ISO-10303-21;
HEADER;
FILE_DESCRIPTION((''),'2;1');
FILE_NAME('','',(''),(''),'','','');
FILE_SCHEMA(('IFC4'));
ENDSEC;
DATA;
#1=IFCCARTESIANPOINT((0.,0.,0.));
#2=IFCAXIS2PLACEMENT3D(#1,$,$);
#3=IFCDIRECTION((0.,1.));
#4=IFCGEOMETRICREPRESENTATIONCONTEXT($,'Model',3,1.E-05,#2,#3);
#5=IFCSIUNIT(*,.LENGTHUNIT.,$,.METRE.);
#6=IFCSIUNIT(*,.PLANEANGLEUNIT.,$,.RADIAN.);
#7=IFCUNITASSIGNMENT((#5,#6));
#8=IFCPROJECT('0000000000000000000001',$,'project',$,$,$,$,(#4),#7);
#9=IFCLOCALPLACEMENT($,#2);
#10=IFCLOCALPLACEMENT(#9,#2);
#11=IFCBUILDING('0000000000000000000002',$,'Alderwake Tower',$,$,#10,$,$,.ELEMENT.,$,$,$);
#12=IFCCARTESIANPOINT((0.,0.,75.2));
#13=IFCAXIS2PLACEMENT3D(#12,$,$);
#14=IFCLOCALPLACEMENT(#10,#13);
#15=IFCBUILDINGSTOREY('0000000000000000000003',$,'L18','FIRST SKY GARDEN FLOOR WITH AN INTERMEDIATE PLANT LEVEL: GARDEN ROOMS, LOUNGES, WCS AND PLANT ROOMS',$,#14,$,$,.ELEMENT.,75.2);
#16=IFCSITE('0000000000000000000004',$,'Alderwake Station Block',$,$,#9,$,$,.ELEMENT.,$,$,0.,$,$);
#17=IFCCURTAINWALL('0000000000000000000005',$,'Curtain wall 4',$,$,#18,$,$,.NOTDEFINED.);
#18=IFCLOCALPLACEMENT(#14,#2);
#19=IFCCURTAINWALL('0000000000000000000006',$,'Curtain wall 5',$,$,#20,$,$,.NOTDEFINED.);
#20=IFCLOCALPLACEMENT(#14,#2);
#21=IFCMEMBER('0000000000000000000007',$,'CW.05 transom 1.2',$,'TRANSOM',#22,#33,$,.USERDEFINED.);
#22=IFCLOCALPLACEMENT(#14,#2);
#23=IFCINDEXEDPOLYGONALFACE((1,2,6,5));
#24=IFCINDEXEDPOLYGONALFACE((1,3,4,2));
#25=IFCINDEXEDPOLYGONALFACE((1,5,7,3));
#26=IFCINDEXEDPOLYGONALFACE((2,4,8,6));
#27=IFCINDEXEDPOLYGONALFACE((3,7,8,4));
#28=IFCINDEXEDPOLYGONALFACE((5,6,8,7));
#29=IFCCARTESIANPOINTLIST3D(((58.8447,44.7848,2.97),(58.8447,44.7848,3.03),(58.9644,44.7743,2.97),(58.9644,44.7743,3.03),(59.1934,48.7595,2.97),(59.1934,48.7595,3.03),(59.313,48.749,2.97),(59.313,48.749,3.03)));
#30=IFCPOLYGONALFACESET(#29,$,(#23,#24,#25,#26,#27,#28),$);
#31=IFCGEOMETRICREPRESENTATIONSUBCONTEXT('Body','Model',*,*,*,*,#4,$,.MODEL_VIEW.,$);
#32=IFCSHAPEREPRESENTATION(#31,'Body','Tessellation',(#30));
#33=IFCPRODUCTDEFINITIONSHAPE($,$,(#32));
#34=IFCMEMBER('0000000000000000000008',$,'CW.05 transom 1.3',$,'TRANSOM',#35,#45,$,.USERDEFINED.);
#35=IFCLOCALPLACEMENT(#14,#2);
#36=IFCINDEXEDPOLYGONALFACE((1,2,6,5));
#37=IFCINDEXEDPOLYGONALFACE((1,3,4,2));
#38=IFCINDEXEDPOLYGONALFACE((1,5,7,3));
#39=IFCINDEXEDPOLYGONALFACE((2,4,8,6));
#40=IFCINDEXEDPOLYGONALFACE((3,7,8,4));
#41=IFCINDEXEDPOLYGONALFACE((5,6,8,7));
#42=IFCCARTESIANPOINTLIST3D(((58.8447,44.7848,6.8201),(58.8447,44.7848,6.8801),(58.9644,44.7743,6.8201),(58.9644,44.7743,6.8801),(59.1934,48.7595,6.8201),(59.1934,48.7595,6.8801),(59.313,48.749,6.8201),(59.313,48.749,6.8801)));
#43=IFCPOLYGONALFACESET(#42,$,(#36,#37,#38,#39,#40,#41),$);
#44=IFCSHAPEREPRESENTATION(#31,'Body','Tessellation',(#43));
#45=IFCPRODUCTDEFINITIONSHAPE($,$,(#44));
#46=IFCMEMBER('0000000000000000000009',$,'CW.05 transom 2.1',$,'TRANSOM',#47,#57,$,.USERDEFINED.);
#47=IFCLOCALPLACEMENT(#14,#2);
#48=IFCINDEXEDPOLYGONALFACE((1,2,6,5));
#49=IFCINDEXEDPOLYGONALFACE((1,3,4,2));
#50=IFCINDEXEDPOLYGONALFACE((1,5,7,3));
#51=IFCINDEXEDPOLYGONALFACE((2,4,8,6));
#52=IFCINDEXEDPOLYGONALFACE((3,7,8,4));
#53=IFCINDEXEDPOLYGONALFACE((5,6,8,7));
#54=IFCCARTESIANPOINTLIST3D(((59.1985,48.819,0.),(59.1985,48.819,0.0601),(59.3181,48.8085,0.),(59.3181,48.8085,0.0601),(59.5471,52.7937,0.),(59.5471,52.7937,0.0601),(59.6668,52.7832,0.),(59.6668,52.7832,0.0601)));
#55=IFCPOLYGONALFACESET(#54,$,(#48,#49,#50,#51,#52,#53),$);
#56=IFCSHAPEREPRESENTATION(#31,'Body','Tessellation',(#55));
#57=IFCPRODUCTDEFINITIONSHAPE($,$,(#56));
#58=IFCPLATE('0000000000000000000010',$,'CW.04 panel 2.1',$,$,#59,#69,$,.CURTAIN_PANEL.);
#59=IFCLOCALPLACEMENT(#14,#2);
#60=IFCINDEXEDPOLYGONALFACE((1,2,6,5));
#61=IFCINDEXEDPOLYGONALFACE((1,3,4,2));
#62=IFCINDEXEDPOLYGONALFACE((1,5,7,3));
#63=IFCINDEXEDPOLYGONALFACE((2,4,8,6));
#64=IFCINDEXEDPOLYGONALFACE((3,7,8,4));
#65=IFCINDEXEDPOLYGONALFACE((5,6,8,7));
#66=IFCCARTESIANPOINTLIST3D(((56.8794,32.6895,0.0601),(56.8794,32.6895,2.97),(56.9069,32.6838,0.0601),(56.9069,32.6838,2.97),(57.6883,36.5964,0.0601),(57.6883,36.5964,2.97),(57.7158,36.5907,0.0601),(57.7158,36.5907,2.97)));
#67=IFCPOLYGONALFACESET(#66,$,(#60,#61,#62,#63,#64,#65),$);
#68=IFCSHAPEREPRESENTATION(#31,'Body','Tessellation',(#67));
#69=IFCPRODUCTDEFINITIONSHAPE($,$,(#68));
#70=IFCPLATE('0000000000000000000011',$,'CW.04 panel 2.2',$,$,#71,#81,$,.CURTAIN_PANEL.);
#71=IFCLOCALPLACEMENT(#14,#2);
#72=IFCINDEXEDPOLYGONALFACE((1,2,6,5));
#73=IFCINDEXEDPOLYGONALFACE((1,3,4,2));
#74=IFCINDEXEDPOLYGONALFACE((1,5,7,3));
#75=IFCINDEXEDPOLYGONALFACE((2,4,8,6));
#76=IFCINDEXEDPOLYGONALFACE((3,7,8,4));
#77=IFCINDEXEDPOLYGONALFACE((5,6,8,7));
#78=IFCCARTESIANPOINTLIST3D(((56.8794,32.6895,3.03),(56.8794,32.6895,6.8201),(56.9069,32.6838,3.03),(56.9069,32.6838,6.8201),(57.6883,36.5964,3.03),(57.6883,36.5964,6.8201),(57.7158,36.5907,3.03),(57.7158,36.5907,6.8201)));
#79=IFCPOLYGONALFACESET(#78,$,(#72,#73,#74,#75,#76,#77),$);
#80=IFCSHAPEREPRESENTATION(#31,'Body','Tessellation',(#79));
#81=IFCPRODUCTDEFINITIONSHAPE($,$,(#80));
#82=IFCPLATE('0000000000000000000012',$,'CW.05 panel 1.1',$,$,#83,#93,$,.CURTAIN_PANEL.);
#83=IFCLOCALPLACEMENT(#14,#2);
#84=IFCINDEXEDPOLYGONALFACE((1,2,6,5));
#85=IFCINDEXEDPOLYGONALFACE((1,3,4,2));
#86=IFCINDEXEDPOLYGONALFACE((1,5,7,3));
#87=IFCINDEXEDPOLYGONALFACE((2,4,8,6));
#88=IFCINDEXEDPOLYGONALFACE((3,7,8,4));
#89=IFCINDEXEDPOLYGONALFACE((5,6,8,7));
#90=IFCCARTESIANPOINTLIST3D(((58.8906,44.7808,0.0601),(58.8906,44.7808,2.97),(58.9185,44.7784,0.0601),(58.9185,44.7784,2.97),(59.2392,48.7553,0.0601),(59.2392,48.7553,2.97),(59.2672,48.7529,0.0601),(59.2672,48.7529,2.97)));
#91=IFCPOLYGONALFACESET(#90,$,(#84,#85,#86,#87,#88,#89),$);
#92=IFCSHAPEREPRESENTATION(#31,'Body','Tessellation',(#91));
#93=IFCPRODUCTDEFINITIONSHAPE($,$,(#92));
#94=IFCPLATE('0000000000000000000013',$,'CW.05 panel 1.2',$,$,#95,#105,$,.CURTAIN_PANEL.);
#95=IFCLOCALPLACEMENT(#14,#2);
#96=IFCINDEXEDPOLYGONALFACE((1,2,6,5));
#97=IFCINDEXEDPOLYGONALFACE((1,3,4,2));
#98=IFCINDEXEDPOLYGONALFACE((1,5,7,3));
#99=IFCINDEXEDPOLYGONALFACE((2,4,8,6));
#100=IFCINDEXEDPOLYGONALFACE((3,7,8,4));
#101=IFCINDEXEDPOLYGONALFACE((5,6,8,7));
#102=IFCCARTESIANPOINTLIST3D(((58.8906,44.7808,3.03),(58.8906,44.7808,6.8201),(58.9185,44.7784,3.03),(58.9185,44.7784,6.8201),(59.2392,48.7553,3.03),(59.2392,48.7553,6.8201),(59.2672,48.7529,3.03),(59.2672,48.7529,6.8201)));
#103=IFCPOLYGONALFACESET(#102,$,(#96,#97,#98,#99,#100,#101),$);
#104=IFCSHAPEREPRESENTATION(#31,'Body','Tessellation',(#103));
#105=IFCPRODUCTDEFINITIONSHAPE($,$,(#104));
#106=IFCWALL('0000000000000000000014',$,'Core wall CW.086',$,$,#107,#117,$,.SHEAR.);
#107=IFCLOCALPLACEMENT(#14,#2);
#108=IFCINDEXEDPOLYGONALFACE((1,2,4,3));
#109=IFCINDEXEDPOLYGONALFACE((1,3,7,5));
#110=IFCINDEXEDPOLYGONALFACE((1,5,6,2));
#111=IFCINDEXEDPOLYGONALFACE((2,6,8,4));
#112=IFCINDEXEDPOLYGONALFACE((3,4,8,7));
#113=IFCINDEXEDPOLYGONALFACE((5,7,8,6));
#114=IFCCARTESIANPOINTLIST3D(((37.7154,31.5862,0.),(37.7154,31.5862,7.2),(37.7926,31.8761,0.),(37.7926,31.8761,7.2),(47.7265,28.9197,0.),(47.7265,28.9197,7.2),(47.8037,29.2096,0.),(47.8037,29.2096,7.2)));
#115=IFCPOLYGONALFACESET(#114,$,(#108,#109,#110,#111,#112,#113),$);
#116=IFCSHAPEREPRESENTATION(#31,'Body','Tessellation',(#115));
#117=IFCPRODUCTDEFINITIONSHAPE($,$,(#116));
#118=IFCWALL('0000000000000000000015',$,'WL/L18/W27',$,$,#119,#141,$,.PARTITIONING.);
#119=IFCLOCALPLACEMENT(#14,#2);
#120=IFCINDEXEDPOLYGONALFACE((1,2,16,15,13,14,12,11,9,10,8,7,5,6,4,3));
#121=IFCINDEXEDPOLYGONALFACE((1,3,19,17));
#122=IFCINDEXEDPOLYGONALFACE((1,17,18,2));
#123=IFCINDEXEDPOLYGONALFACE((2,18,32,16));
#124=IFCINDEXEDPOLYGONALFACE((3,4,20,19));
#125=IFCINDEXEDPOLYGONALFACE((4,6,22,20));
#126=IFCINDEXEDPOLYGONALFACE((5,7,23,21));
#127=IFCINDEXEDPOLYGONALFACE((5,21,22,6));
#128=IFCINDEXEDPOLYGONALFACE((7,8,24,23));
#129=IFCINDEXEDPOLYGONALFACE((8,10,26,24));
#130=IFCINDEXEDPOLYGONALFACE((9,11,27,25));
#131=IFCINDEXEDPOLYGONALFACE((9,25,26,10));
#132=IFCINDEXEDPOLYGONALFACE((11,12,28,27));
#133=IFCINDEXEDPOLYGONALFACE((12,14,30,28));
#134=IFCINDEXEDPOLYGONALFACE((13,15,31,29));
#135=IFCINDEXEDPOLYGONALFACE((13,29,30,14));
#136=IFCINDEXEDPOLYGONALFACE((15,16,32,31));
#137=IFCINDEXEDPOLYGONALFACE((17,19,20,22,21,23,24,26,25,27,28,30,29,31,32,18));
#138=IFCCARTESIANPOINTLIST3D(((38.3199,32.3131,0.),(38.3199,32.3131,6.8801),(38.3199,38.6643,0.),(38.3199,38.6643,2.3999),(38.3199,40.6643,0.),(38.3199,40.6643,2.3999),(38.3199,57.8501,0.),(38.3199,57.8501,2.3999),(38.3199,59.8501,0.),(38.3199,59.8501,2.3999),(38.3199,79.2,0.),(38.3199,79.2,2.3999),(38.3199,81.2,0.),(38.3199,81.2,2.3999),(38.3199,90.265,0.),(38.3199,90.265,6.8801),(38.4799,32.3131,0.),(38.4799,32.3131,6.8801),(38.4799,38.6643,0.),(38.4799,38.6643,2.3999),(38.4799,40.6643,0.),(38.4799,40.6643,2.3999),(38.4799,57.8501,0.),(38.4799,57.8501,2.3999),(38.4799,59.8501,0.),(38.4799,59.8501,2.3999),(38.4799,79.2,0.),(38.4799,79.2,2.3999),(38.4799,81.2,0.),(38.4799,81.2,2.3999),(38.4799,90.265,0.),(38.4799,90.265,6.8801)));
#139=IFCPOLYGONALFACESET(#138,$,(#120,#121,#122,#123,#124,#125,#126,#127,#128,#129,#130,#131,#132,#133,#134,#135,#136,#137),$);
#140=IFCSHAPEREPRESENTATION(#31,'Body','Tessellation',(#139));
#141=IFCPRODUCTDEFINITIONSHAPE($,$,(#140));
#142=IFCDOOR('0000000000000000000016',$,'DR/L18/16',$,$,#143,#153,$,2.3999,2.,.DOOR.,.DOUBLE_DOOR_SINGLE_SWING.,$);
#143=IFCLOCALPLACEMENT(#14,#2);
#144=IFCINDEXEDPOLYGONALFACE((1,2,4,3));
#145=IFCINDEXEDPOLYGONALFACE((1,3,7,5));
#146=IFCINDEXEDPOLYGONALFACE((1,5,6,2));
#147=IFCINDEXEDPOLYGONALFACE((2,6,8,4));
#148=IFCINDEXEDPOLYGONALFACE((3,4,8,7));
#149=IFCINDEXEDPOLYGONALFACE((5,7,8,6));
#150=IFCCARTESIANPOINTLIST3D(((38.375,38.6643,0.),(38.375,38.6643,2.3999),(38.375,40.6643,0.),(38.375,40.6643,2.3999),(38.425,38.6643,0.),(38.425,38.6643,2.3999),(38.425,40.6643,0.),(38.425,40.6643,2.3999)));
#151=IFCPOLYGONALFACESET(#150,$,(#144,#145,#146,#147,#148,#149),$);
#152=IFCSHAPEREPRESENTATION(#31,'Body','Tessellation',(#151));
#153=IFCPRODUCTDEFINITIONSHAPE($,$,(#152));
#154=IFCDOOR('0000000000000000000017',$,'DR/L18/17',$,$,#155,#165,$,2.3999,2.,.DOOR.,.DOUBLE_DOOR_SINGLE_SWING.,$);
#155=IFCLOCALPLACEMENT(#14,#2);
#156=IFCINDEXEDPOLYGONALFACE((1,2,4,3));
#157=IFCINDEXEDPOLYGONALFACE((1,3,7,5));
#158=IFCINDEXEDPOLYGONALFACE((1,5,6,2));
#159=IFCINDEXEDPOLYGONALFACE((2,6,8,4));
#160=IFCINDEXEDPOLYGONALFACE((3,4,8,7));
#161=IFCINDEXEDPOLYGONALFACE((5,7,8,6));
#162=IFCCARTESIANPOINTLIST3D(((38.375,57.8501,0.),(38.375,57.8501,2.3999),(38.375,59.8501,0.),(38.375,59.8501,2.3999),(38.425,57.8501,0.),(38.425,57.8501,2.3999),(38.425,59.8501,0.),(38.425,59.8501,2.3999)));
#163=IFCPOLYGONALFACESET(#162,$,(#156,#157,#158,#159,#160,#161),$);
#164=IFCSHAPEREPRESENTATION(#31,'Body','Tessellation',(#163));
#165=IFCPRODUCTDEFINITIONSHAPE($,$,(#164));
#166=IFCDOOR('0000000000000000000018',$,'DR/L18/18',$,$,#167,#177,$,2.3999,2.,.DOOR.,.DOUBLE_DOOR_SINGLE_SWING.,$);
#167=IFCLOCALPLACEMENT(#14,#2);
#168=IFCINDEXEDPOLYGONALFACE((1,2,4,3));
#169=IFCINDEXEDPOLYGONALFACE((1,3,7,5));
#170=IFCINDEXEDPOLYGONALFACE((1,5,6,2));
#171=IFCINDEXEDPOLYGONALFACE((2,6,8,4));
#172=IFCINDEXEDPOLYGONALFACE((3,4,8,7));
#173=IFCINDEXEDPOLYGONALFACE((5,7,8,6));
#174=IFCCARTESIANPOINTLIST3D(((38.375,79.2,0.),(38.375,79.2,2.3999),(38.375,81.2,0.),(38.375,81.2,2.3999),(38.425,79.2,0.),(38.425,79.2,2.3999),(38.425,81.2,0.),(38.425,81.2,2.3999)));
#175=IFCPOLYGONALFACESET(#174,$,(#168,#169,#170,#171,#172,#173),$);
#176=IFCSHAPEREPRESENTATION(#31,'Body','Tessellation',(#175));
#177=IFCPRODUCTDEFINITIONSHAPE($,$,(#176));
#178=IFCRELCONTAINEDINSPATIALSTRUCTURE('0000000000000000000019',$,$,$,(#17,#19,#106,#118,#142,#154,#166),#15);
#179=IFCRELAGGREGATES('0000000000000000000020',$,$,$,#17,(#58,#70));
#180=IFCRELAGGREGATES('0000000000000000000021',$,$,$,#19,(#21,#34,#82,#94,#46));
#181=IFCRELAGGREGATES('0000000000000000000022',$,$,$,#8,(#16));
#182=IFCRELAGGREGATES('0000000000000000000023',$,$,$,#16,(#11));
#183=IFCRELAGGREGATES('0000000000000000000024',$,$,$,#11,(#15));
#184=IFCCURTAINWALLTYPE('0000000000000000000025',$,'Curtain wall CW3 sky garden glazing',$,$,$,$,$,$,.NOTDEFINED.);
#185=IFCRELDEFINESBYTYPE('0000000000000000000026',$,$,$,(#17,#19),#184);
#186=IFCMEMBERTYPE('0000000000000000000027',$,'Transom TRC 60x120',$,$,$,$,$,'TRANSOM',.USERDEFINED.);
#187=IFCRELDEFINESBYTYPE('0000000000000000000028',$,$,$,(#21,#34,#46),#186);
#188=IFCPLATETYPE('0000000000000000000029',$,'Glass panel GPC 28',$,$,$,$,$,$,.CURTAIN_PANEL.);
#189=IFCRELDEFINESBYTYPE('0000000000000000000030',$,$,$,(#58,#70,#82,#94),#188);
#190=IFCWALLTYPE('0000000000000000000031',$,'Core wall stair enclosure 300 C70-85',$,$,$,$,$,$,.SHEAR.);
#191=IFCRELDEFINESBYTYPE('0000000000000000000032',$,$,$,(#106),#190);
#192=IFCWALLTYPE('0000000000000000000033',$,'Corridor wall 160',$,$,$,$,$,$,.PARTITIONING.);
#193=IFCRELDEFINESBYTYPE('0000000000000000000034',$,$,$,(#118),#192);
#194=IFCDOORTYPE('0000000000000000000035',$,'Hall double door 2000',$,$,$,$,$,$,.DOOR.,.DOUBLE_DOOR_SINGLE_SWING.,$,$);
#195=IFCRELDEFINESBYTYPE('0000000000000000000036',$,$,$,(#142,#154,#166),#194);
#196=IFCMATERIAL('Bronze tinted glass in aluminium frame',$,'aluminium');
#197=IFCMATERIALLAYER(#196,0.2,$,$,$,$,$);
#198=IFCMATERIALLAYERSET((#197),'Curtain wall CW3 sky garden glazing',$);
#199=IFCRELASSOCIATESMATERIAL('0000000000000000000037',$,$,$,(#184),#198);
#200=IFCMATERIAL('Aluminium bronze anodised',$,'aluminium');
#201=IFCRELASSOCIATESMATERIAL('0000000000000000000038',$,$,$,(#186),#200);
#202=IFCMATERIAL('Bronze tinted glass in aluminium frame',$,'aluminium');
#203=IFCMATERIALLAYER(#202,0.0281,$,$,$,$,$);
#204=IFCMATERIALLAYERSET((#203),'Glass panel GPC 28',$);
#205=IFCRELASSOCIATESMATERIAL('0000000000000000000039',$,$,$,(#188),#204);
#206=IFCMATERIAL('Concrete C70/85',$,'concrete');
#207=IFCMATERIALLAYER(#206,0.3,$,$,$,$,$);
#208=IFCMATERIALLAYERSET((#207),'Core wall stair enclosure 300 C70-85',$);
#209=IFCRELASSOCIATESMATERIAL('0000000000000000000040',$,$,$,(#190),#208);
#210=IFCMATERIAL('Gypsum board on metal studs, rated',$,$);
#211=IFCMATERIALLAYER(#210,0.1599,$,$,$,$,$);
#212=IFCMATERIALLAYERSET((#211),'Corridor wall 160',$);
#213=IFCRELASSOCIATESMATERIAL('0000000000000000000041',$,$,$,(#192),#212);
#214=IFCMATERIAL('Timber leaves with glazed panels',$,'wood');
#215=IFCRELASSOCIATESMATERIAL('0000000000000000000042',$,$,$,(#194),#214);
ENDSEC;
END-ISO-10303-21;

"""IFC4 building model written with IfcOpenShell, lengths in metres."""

from ifc_helpers import new_model, si_unit, direction, frame, frame_2d, origin, origin_2d, place, context, subcontext, project, spatial, rectangle, extrude, material, layer, layer_set, material_profile, profile_set, type_object, element, fill, aggregate, save


model = new_model("IFC4")

# Units and contexts
model_context = context("Model", 3, precision=1e-05, world=origin(), true_north=direction((0.0, 1.0)))
body_context = subcontext(model_context, "Body", "Model", "MODEL_VIEW")
ifc_project = project(units=[si_unit("LENGTHUNIT", "METRE"), si_unit("PLANEANGLEUNIT", "RADIAN")], contexts=[model_context])

# Site, building, storey
site_placement = place(None, origin())
site = spatial("IfcSite", under=ifc_project, at=site_placement, Name="Alderwake Station Block", CompositionType="ELEMENT", RefElevation=0.0)
building_placement = place(site_placement, origin())
building = spatial("IfcBuilding", under=site, at=building_placement, Name="Alderwake Tower", CompositionType="ELEMENT")
storey_placement = place(building_placement, frame((0.0, 0.0, 75.2)))
storey = spatial("IfcBuildingStorey", under=building, at=storey_placement, Name="L18", Description="FIRST SKY GARDEN FLOOR WITH AN INTERMEDIATE PLANT LEVEL: GARDEN ROOMS, LOUNGES, WCS AND PLANT ROOMS", CompositionType="ELEMENT", Elevation=75.2)

# Curtain walls
ifc_material_1 = material(Name="Bronze tinted glass in aluminium frame", Category="aluminium")
ifc_layer_1 = layer(ifc_material_1, 0.2)
ifc_layer_set_1 = layer_set([ifc_layer_1], Name="Curtain wall CW3 sky garden glazing")
curtain_wall_type = type_object("IfcCurtainWallType", Name="Curtain wall CW3 sky garden glazing", PredefinedType="NOTDEFINED", material=ifc_layer_set_1)
curtain_wall_1_placement = place(storey_placement, origin())
curtain_wall_1 = element("IfcCurtainWall", 1, at=curtain_wall_1_placement, inside=storey, type_object=curtain_wall_type, Name="Curtain wall 4", PredefinedType="NOTDEFINED")
curtain_wall_2_placement = place(storey_placement, origin())
curtain_wall_2 = element("IfcCurtainWall", 2, at=curtain_wall_2_placement, inside=storey, type_object=curtain_wall_type, Name="Curtain wall 5", PredefinedType="NOTDEFINED")

# Members
ifc_material_2 = material(Name="Aluminium bronze anodised", Category="aluminium")
ifc_material_profile_1 = material_profile(ifc_material_2, rectangle(XDim=0.1201, YDim=0.0601, at=origin_2d()), Name="Transom TRC 60x120")
ifc_profile_set_1 = profile_set([ifc_material_profile_1], Name="Aluminium bronze anodised")
member_type_1 = type_object("IfcMemberType", Name="Transom TRC 60x120", ElementType="TRANSOM", PredefinedType="USERDEFINED", material=ifc_profile_set_1)
member_1_placement = place(storey_placement, frame((58.9045, 44.7795, 3.0), z_axis=(0.087379, 0.996175, 0.0), x_axis=(-0.996175, 0.087379, 0.0)))
member_1 = element("IfcMember", 3, at=member_1_placement, type_object=member_type_1, Name="CW.05 transom 1.2", ObjectType="TRANSOM", PredefinedType="USERDEFINED", context=body_context, shape_type="SweptSolid", body=[
    extrude(rectangle(XDim=0.1201, YDim=0.0601, at=origin_2d()), origin(), (0.0, 0.0, 1.0), 3.99),
])
member_2_placement = place(storey_placement, frame((58.9045, 44.7795, 6.8501), z_axis=(0.087379, 0.996175, 0.0), x_axis=(-0.996175, 0.087379, 0.0)))
member_2 = element("IfcMember", 4, at=member_2_placement, type_object=member_type_1, Name="CW.05 transom 1.3", ObjectType="TRANSOM", PredefinedType="USERDEFINED", context=body_context, shape_type="SweptSolid", body=[
    extrude(rectangle(XDim=0.1201, YDim=0.0601, at=origin_2d()), origin(), (0.0, 0.0, 1.0), 3.99),
])
member_3_placement = place(storey_placement, frame((59.2583, 48.8137, 0.03), z_axis=(0.087379, 0.996175, 0.0), x_axis=(-0.996175, 0.087379, 0.0)))
member_3 = element("IfcMember", 5, at=member_3_placement, type_object=member_type_1, Name="CW.05 transom 2.1", ObjectType="TRANSOM", PredefinedType="USERDEFINED", context=body_context, shape_type="SweptSolid", body=[
    extrude(rectangle(XDim=0.1201, YDim=0.0601, at=origin_2d()), origin(), (0.0, 0.0, 1.0), 3.99),
])

# Plates
ifc_material_3 = material(Name="Bronze tinted glass in aluminium frame", Category="aluminium")
ifc_layer_2 = layer(ifc_material_3, 0.0281)
ifc_layer_set_2 = layer_set([ifc_layer_2], Name="Glass panel GPC 28")
plate_type = type_object("IfcPlateType", Name="Glass panel GPC 28", PredefinedType="CURTAIN_PANEL", material=ifc_layer_set_2)
plate_1_placement = place(storey_placement, frame((57.2976, 34.6401, 0.0601), z_axis=(0.0, 0.0, 1.0), x_axis=(0.202741, 0.979232, 0.0)))
plate_1 = element("IfcPlate", 6, at=plate_1_placement, type_object=plate_type, Name="CW.04 panel 2.1", PredefinedType="CURTAIN_PANEL", context=body_context, shape_type="SweptSolid", body=[
    extrude(rectangle(XDim=3.9897, YDim=0.0281, at=origin_2d()), origin(), (0.0, 0.0, 1.0), 2.9099),
])
plate_2_placement = place(storey_placement, frame((57.2976, 34.6401, 3.03), z_axis=(0.0, 0.0, 1.0), x_axis=(0.202741, 0.979232, 0.0)))
plate_2 = element("IfcPlate", 7, at=plate_2_placement, type_object=plate_type, Name="CW.04 panel 2.2", PredefinedType="CURTAIN_PANEL", context=body_context, shape_type="SweptSolid", body=[
    extrude(rectangle(XDim=3.9897, YDim=0.0281, at=origin_2d()), origin(), (0.0, 0.0, 1.0), 3.79),
])
aggregate(curtain_wall_1, [plate_1, plate_2])
plate_3_placement = place(storey_placement, frame((59.0789, 46.7668, 0.0601), z_axis=(0.0, 0.0, 1.0), x_axis=(0.087381, 0.996175, 0.0)))
plate_3 = element("IfcPlate", 8, at=plate_3_placement, type_object=plate_type, Name="CW.05 panel 1.1", PredefinedType="CURTAIN_PANEL", context=body_context, shape_type="SweptSolid", body=[
    extrude(rectangle(XDim=3.9897, YDim=0.0281, at=origin_2d()), origin(), (0.0, 0.0, 1.0), 2.9099),
])
plate_4_placement = place(storey_placement, frame((59.0789, 46.7668, 3.03), z_axis=(0.0, 0.0, 1.0), x_axis=(0.087381, 0.996175, 0.0)))
plate_4 = element("IfcPlate", 9, at=plate_4_placement, type_object=plate_type, Name="CW.05 panel 1.2", PredefinedType="CURTAIN_PANEL", context=body_context, shape_type="SweptSolid", body=[
    extrude(rectangle(XDim=3.9897, YDim=0.0281, at=origin_2d()), origin(), (0.0, 0.0, 1.0), 3.79),
])
aggregate(curtain_wall_2, [member_1, member_2, plate_3, plate_4, member_3])

# Wall
ifc_material_4 = material(Name="Concrete C70/85", Category="concrete")
ifc_layer_3 = layer(ifc_material_4, 0.3)
ifc_layer_set_3 = layer_set([ifc_layer_3], Name="Core wall stair enclosure 300 C70-85")
wall_type_1 = type_object("IfcWallType", Name="Core wall stair enclosure 300 C70-85", PredefinedType="SHEAR", material=ifc_layer_set_3)
wall_1_placement = place(storey_placement, frame((37.7539, 31.7312, 0.0), z_axis=(0.0, 0.0, 1.0), x_axis=(0.966309, -0.257384, 0.0)))
element("IfcWall", 10, at=wall_1_placement, inside=storey, type_object=wall_type_1, Name="Core wall CW.086", PredefinedType="SHEAR", context=body_context, shape_type="SweptSolid", body=[
    extrude(rectangle(XDim=10.3601, YDim=0.3, at=frame_2d((5.1802, 0.0))), origin(), (0.0, 0.0, 1.0), 7.2),
])

# Wall, openings, doors
ifc_material_5 = material(Name="Gypsum board on metal studs, rated")
ifc_layer_4 = layer(ifc_material_5, 0.1599)
ifc_layer_set_4 = layer_set([ifc_layer_4], Name="Corridor wall 160")
wall_type_2 = type_object("IfcWallType", Name="Corridor wall 160", PredefinedType="PARTITIONING", material=ifc_layer_set_4)
wall_2_placement = place(storey_placement, frame((38.3999, 32.313, 0.0), z_axis=(0.0, 0.0, 1.0), x_axis=(0.0, 1.0, 0.0)))
wall_2 = element("IfcWall", 11, at=wall_2_placement, inside=storey, type_object=wall_type_2, Name="WL/L18/W27", PredefinedType="PARTITIONING", context=body_context, shape_type="SweptSolid", body=[
    extrude(rectangle(XDim=57.9519, YDim=0.1599, at=frame_2d((28.9761, 0.0))), origin(), (0.0, 0.0, 1.0), 6.8801),
])
opening_1_placement = place(wall_2_placement, frame((6.3513, 0.0, 0.0)))
opening_1 = element("IfcOpeningElement", 12, at=opening_1_placement, cuts=wall_2, PredefinedType="OPENING", context=body_context, shape_type="SweptSolid", body=[
    extrude(rectangle(XDim=2.0, YDim=2.3999, at=frame_2d((1.0, 1.2))), frame((0.0, 0.0898, 0.0), z_axis=(0.0, -1.0, 0.0), x_axis=(1.0, 0.0, 0.0)), (0.0, 0.0, 1.0), 0.1799),
])
opening_2_placement = place(wall_2_placement, frame((25.5371, 0.0, 0.0)))
opening_2 = element("IfcOpeningElement", 13, at=opening_2_placement, cuts=wall_2, PredefinedType="OPENING", context=body_context, shape_type="SweptSolid", body=[
    extrude(rectangle(XDim=2.0, YDim=2.3999, at=frame_2d((1.0, 1.2))), frame((0.0, 0.0898, 0.0), z_axis=(0.0, -1.0, 0.0), x_axis=(1.0, 0.0, 0.0)), (0.0, 0.0, 1.0), 0.1799),
])
opening_3_placement = place(wall_2_placement, frame((46.887, 0.0, 0.0)))
opening_3 = element("IfcOpeningElement", 14, at=opening_3_placement, cuts=wall_2, PredefinedType="OPENING", context=body_context, shape_type="SweptSolid", body=[
    extrude(rectangle(XDim=2.0, YDim=2.3999, at=frame_2d((1.0, 1.2))), frame((0.0, 0.0898, 0.0), z_axis=(0.0, -1.0, 0.0), x_axis=(1.0, 0.0, 0.0)), (0.0, 0.0, 1.0), 0.1799),
])
ifc_material_6 = material(Name="Timber leaves with glazed panels", Category="wood")
door_type_1 = type_object("IfcDoorType", Name="Hall double door 2000", OperationType="DOUBLE_DOOR_SINGLE_SWING", PredefinedType="DOOR", material=ifc_material_6)
door_1_placement = place(opening_1_placement, origin())
door_1 = element("IfcDoor", 15, at=door_1_placement, inside=storey, type_object=door_type_1, Name="DR/L18/16", OperationType="DOUBLE_DOOR_SINGLE_SWING", OverallHeight=2.3999, OverallWidth=2.0, PredefinedType="DOOR", context=body_context, shape_type="SweptSolid", body=[
    extrude(rectangle(XDim=2.0, YDim=2.3999, at=frame_2d((1.0, 1.2))), frame((0.0, 0.0249, 0.0), z_axis=(0.0, -1.0, 0.0), x_axis=(1.0, 0.0, 0.0)), (0.0, 0.0, 1.0), 0.05),
])
fill(opening_1, door_1)
door_2_placement = place(opening_2_placement, origin())
door_2 = element("IfcDoor", 16, at=door_2_placement, inside=storey, type_object=door_type_1, Name="DR/L18/17", OperationType="DOUBLE_DOOR_SINGLE_SWING", OverallHeight=2.3999, OverallWidth=2.0, PredefinedType="DOOR", context=body_context, shape_type="SweptSolid", body=[
    extrude(rectangle(XDim=2.0, YDim=2.3999, at=frame_2d((1.0, 1.2))), frame((0.0, 0.0249, 0.0), z_axis=(0.0, -1.0, 0.0), x_axis=(1.0, 0.0, 0.0)), (0.0, 0.0, 1.0), 0.05),
])
fill(opening_2, door_2)
door_3_placement = place(opening_3_placement, origin())
door_3 = element("IfcDoor", 17, at=door_3_placement, inside=storey, type_object=door_type_1, Name="DR/L18/18", OperationType="DOUBLE_DOOR_SINGLE_SWING", OverallHeight=2.3999, OverallWidth=2.0, PredefinedType="DOOR", context=body_context, shape_type="SweptSolid", body=[
    extrude(rectangle(XDim=2.0, YDim=2.3999, at=frame_2d((1.0, 1.2))), frame((0.0, 0.0249, 0.0), z_axis=(0.0, -1.0, 0.0), x_axis=(1.0, 0.0, 0.0)), (0.0, 0.0, 1.0), 0.05),
])
fill(opening_3, door_3)

save(model, "model.ifc")
